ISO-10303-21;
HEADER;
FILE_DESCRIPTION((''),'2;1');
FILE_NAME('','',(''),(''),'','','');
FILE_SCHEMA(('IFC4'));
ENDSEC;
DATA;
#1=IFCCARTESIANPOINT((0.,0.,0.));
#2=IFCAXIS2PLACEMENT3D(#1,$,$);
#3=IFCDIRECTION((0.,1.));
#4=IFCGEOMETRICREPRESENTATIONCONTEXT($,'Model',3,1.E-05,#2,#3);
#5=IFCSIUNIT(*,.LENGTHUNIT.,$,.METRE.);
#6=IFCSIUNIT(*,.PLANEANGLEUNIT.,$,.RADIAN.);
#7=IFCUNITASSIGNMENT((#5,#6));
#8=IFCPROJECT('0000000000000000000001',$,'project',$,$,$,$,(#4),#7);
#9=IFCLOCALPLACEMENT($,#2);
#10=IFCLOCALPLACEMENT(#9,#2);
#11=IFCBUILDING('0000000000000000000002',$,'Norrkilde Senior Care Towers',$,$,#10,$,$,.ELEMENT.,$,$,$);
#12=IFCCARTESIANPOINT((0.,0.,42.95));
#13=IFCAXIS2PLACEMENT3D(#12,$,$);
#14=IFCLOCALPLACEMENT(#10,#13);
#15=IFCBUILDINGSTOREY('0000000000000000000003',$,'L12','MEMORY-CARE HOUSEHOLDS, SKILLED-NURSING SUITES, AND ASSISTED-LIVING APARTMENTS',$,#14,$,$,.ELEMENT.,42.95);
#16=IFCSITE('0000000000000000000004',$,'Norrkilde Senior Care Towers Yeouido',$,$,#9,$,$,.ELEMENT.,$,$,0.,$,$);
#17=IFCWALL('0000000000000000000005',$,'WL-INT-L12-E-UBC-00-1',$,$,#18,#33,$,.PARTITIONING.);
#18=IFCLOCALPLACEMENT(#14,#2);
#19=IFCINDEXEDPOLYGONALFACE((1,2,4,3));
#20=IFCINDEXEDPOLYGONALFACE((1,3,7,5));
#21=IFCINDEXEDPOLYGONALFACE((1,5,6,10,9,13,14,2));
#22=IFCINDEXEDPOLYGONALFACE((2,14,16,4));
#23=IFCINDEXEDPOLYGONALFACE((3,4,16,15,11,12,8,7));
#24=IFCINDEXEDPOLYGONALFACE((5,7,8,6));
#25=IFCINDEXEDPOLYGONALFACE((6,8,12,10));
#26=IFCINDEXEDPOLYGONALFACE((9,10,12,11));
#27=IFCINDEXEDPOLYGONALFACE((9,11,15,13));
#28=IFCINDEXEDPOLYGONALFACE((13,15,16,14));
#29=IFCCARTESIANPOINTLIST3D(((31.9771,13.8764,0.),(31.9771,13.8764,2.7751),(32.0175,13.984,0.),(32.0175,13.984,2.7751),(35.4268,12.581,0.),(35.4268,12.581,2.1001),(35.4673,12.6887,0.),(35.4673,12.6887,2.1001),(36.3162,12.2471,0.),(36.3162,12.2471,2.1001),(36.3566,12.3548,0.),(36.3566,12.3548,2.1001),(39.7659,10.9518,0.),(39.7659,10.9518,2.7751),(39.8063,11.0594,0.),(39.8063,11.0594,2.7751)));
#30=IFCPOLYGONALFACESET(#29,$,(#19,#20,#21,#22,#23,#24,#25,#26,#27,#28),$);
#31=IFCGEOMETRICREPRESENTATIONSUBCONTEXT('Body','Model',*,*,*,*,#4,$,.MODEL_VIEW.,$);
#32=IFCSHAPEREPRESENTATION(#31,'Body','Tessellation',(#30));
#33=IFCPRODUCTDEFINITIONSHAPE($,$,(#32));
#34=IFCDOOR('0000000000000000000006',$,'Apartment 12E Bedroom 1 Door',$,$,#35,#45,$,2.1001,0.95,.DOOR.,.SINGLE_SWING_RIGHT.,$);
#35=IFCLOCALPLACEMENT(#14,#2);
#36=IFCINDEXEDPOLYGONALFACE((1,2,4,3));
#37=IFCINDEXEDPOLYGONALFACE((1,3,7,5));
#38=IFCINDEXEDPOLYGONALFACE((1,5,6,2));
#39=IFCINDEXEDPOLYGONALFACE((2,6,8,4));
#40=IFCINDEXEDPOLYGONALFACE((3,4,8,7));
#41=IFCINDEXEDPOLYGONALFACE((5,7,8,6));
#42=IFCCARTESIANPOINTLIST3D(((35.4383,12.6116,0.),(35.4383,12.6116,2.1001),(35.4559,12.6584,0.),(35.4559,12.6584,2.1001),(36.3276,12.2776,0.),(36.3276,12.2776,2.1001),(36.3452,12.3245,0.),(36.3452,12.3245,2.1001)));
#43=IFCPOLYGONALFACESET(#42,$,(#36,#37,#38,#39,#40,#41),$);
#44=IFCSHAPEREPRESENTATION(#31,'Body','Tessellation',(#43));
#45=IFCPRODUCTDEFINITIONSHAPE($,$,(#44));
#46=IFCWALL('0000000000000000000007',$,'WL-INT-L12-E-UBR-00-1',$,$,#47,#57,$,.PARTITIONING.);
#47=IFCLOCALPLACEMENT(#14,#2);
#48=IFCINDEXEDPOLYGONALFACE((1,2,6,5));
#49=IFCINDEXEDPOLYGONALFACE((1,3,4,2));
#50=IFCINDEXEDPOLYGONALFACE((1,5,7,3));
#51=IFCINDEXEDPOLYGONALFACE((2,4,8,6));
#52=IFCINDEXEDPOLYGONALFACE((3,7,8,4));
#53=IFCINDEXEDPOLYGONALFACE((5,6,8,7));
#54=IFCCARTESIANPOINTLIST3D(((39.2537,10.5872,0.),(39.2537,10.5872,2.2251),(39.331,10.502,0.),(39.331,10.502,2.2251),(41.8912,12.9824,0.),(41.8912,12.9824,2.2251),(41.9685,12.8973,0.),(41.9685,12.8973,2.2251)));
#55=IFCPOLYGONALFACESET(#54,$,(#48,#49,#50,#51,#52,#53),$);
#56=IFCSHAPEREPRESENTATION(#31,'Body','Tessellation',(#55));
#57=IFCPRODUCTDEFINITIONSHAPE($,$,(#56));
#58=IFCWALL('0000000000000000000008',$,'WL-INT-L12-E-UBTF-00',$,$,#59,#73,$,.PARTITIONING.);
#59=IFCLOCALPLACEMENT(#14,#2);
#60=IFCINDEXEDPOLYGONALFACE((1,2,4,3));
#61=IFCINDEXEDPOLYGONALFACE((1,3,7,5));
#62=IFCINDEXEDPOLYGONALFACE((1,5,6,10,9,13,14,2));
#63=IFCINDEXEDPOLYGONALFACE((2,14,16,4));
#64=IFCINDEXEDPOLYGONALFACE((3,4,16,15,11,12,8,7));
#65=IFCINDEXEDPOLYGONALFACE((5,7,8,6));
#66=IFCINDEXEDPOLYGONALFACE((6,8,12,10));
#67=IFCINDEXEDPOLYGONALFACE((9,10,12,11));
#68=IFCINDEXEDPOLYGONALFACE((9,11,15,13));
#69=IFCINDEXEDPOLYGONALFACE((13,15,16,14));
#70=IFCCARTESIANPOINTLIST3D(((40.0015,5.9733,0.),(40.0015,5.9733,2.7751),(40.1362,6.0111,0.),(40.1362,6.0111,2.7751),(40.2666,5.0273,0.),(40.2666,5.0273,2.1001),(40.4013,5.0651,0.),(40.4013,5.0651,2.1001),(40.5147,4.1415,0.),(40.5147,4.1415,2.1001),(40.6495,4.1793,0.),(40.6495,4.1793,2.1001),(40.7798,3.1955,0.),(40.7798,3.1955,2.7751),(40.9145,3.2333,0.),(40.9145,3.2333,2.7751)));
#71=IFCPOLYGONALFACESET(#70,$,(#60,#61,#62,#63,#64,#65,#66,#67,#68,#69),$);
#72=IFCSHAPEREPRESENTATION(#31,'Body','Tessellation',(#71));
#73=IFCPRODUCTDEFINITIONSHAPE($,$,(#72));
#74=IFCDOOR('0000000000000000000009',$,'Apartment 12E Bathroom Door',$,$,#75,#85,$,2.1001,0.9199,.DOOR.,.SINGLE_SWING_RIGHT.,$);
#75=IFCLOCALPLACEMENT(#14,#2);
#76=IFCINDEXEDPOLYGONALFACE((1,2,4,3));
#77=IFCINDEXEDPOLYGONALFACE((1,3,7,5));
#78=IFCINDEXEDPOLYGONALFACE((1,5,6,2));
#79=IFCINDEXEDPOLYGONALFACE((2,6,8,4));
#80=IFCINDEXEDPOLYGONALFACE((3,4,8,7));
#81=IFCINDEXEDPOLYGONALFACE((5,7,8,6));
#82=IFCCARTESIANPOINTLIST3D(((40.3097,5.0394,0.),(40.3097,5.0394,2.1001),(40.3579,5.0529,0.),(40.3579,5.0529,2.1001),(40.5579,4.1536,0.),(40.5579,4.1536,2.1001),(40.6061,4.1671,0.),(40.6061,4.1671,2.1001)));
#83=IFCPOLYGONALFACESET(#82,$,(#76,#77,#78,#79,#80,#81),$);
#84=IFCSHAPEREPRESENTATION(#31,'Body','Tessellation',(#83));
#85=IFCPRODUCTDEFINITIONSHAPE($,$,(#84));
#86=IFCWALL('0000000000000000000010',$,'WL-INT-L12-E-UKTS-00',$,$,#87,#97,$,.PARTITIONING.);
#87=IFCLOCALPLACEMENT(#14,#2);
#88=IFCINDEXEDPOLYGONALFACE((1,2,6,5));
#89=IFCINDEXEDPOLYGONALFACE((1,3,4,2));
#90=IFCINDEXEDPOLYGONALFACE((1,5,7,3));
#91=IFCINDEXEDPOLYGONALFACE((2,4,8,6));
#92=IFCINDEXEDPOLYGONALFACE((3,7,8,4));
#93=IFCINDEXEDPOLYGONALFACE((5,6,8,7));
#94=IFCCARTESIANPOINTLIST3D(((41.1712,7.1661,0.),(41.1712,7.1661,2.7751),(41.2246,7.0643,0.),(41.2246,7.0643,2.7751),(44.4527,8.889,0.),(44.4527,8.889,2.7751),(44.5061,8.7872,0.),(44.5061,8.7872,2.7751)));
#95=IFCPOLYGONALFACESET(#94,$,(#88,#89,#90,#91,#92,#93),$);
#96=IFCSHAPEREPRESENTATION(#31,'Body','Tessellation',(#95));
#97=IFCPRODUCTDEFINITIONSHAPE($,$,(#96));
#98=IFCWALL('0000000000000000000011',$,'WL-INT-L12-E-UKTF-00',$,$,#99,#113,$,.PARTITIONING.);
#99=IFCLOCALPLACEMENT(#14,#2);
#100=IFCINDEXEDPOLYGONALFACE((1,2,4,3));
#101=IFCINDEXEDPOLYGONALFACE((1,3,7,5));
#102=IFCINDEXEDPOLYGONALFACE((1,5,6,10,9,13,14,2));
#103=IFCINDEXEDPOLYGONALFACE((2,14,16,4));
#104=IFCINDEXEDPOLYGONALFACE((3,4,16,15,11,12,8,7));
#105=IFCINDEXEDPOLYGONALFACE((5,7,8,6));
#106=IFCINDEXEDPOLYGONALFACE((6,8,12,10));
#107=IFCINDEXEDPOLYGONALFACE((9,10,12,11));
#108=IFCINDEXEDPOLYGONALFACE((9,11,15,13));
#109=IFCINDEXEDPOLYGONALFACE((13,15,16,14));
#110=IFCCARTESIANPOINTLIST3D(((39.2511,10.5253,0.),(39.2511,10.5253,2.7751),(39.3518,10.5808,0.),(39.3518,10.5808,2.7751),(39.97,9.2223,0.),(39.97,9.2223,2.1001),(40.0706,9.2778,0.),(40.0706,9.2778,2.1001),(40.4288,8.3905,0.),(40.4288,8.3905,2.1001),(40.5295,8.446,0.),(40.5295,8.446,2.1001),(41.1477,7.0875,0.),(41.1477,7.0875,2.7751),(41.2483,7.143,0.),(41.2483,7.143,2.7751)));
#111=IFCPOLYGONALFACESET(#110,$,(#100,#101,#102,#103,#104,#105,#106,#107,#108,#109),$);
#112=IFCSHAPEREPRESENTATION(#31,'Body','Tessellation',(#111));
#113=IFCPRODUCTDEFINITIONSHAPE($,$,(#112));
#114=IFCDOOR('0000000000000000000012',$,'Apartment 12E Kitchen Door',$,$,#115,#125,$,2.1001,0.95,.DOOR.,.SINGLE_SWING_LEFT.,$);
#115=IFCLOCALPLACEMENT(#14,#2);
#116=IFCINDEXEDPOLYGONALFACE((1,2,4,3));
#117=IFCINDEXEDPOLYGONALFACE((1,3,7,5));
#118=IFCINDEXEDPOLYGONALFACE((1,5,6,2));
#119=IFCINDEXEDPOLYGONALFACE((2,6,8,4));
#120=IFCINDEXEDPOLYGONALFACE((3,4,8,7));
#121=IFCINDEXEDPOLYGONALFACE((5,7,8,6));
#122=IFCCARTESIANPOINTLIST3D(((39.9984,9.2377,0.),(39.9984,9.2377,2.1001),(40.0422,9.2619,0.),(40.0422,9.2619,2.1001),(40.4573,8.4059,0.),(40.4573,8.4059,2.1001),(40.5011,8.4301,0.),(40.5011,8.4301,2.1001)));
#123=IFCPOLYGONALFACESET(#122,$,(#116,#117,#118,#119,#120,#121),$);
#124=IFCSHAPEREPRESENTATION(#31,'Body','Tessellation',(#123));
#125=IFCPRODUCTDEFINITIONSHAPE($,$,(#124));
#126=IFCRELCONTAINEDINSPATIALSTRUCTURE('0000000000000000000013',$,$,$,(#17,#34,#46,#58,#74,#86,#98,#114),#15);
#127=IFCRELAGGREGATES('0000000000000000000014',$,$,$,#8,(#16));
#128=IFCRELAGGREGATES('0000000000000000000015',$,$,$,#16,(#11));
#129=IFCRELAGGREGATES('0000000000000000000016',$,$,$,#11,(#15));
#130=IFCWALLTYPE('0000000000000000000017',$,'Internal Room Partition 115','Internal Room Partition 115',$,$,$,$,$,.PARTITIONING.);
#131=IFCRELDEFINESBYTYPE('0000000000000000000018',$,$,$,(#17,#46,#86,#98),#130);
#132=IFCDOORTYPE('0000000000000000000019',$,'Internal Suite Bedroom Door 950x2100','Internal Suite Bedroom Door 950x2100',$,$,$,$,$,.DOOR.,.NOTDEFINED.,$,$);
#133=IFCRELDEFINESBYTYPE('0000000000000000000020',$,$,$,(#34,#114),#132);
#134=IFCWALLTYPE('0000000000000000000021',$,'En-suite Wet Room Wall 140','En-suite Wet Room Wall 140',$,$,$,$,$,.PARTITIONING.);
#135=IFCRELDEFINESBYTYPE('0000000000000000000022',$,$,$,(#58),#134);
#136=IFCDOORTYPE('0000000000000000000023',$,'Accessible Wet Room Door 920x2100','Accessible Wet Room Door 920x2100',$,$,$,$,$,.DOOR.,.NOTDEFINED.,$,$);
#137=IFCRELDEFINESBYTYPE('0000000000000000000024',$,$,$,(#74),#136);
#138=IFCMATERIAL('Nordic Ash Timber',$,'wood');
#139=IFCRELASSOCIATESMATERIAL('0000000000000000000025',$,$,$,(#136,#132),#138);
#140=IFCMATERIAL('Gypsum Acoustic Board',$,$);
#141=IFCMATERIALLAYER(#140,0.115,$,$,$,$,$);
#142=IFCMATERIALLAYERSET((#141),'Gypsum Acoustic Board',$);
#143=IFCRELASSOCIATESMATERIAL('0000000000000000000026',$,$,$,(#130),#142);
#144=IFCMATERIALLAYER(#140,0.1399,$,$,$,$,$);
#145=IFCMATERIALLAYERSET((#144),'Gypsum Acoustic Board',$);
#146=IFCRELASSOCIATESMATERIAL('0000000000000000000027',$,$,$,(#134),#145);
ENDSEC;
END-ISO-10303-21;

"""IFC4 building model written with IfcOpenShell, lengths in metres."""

from ifc_helpers import new_model, si_unit, direction, frame, frame_2d, origin, place, context, subcontext, project, spatial, rectangle, extrude, source, transform, mapped, material, layer, layer_set, type_object, type_shapes, element, fill, save


model = new_model("IFC4")

# Units and contexts
model_context = context("Model", 3, precision=1e-05, world=origin(), true_north=direction((0.0, 1.0)))
body_context = subcontext(model_context, "Body", "Model", "MODEL_VIEW")
ifc_project = project(units=[si_unit("LENGTHUNIT", "METRE"), si_unit("PLANEANGLEUNIT", "RADIAN")], contexts=[model_context])

# Site, building, storey
site_placement = place(None, origin())
site = spatial("IfcSite", under=ifc_project, at=site_placement, Name="Norrkilde Senior Care Towers Yeouido", CompositionType="ELEMENT", RefElevation=0.0)
building_placement = place(site_placement, origin())
building = spatial("IfcBuilding", under=site, at=building_placement, Name="Norrkilde Senior Care Towers", CompositionType="ELEMENT")
storey_placement = place(building_placement, frame((0.0, 0.0, 42.95)))
storey = spatial("IfcBuildingStorey", under=building, at=storey_placement, Name="L12", Description="MEMORY-CARE HOUSEHOLDS, SKILLED-NURSING SUITES, AND ASSISTED-LIVING APARTMENTS", CompositionType="ELEMENT", Elevation=42.95)

# Shared definitions
ifc_material_1 = material(Name="Gypsum Acoustic Board")
ifc_material_2 = material(Name="Nordic Ash Timber", Category="wood")
door_type_1 = type_object("IfcDoorType", Name="Accessible Wet Room Door 920x2100", Description="Accessible Wet Room Door 920x2100", OperationType="NOTDEFINED", PredefinedType="DOOR", material=ifc_material_2)
shared_shape_1 = source(origin(), body_context, "Body", "SweptSolid", [
    extrude(rectangle(XDim=0.9199, YDim=2.1001, at=frame_2d((0.46, 1.05))), frame((0.0, 0.0249, 0.0), z_axis=(0.0, -1.0, 0.0), x_axis=(1.0, 0.0, 0.0)), (0.0, 0.0, 1.0), 0.05),
])
type_shapes(door_type_1, [shared_shape_1])

# Wall, opening, door
ifc_layer_1 = layer(ifc_material_1, 0.115)
ifc_layer_set_1 = layer_set([ifc_layer_1], Name="Gypsum Acoustic Board")
wall_type_1 = type_object("IfcWallType", Name="Internal Room Partition 115", Description="Internal Room Partition 115", PredefinedType="PARTITIONING", material=ifc_layer_set_1)
shared_shape_2 = source(origin(), body_context, "Body", "SweptSolid", [
    extrude(rectangle(XDim=8.3198, YDim=0.115, at=frame_2d((4.1599, 0.0))), origin(), (0.0, 0.0, 1.0), 2.7751),
])
wall_1_placement = place(storey_placement, frame((39.7861, 11.0056, 0.0), z_axis=(0.0, 0.0, 1.0), x_axis=(-0.936181, 0.351519, 0.0)))
wall_1 = element("IfcWall", 1, at=wall_1_placement, inside=storey, type_object=wall_type_1, Name="WL-INT-L12-E-UBC-00-1", PredefinedType="PARTITIONING", context=body_context, shape_type="MappedRepresentation", body=[
    mapped(shared_shape_2, transform((0.0, 0.0, 0.0), x_axis=(1.0, 0.0, 0.0), y_axis=(0.0, 1.0, 0.0), z_axis=(0.0, 0.0, 1.0), scale=1.0)),
])
opening_1_placement = place(wall_1_placement, frame((3.6848, 0.0, 0.0)))
opening_1 = element("IfcOpeningElement", 2, at=opening_1_placement, cuts=wall_1, PredefinedType="OPENING", context=body_context, shape_type="SweptSolid", body=[
    extrude(rectangle(XDim=0.95, YDim=2.1001, at=frame_2d((0.4751, 1.05))), frame((0.0, 0.0674, 0.0), z_axis=(0.0, -1.0, 0.0), x_axis=(1.0, 0.0, 0.0)), (0.0, 0.0, 1.0), 0.135),
])
door_type_2 = type_object("IfcDoorType", Name="Internal Suite Bedroom Door 950x2100", Description="Internal Suite Bedroom Door 950x2100", OperationType="NOTDEFINED", PredefinedType="DOOR", material=ifc_material_2)
shared_shape_3 = source(origin(), body_context, "Body", "SweptSolid", [
    extrude(rectangle(XDim=0.95, YDim=2.1001, at=frame_2d((0.4751, 1.05))), frame((0.0, 0.0249, 0.0), z_axis=(0.0, -1.0, 0.0), x_axis=(1.0, 0.0, 0.0)), (0.0, 0.0, 1.0), 0.05),
])
type_shapes(door_type_2, [shared_shape_3])
door_1_placement = place(opening_1_placement, origin())
door_1 = element("IfcDoor", 3, at=door_1_placement, inside=storey, type_object=door_type_2, Name="Apartment 12E Bedroom 1 Door", OperationType="SINGLE_SWING_RIGHT", OverallHeight=2.1001, OverallWidth=0.95, PredefinedType="DOOR", context=body_context, shape_type="MappedRepresentation", body=[
    mapped(shared_shape_3, transform((0.0, 0.0, 0.0), x_axis=(1.0, 0.0, 0.0), y_axis=(0.0, 1.0, 0.0), z_axis=(0.0, 0.0, 1.0), scale=1.0)),
])
fill(opening_1, door_1)

# Wall
shared_shape_4 = source(origin(), body_context, "Body", "SweptSolid", [
    extrude(rectangle(XDim=3.5627, YDim=0.115, at=frame_2d((1.7812, 0.0))), origin(), (0.0, 0.0, 1.0), 2.2251),
])
wall_2_placement = place(storey_placement, frame((39.2925, 10.5447, 0.0), z_axis=(0.0, 0.0, 1.0), x_axis=(0.740278, 0.672301, 0.0)))
element("IfcWall", 4, at=wall_2_placement, inside=storey, type_object=wall_type_1, Name="WL-INT-L12-E-UBR-00-1", PredefinedType="PARTITIONING", context=body_context, shape_type="MappedRepresentation", body=[
    mapped(shared_shape_4, transform((0.0, 0.0, 0.0), x_axis=(1.0, 0.0, 0.0), y_axis=(0.0, 1.0, 0.0), z_axis=(0.0, 0.0, 1.0), scale=1.0)),
])

# Wall, opening, door
ifc_layer_2 = layer(ifc_material_1, 0.1399)
ifc_layer_set_2 = layer_set([ifc_layer_2], Name="Gypsum Acoustic Board")
wall_type_2 = type_object("IfcWallType", Name="En-suite Wet Room Wall 140", Description="En-suite Wet Room Wall 140", PredefinedType="PARTITIONING", material=ifc_layer_set_2)
shared_shape_5 = source(origin(), body_context, "Body", "SweptSolid", [
    extrude(rectangle(XDim=2.8848, YDim=0.1399, at=frame_2d((1.4424, 0.0))), origin(), (0.0, 0.0, 1.0), 2.7751),
])
type_shapes(wall_type_2, [shared_shape_5])
wall_3_placement = place(storey_placement, frame((40.0688, 5.9922, 0.0), z_axis=(0.0, 0.0, 1.0), x_axis=(0.269799, -0.962917, 0.0)))
wall_3 = element("IfcWall", 5, at=wall_3_placement, inside=storey, type_object=wall_type_2, Name="WL-INT-L12-E-UBTF-00", PredefinedType="PARTITIONING", context=body_context, shape_type="MappedRepresentation", body=[
    mapped(shared_shape_5, transform((0.0, 0.0, 0.0), x_axis=(1.0, 0.0, 0.0), y_axis=(0.0, 1.0, 0.0), z_axis=(0.0, 0.0, 1.0), scale=1.0)),
])
opening_2_placement = place(wall_3_placement, frame((0.9824, 0.0, 0.0)))
opening_2 = element("IfcOpeningElement", 6, at=opening_2_placement, cuts=wall_3, PredefinedType="OPENING", context=body_context, shape_type="SweptSolid", body=[
    extrude(rectangle(XDim=0.9199, YDim=2.1001, at=frame_2d((0.46, 1.05))), frame((0.0, 0.0798, 0.0), z_axis=(0.0, -1.0, 0.0), x_axis=(1.0, 0.0, 0.0)), (0.0, 0.0, 1.0), 0.1599),
])
door_2_placement = place(opening_2_placement, origin())
door_2 = element("IfcDoor", 7, at=door_2_placement, inside=storey, type_object=door_type_1, Name="Apartment 12E Bathroom Door", OperationType="SINGLE_SWING_RIGHT", OverallHeight=2.1001, OverallWidth=0.9199, PredefinedType="DOOR", context=body_context, shape_type="MappedRepresentation", body=[
    mapped(shared_shape_1, transform((0.0, 0.0, 0.0), x_axis=(1.0, 0.0, 0.0), y_axis=(0.0, 1.0, 0.0), z_axis=(0.0, 0.0, 1.0), scale=1.0)),
])
fill(opening_2, door_2)

# Wall
shared_shape_6 = source(origin(), body_context, "Body", "SweptSolid", [
    extrude(rectangle(XDim=3.7063, YDim=0.115, at=frame_2d((1.853, 0.0))), origin(), (0.0, 0.0, 1.0), 2.7751),
])
wall_4_placement = place(storey_placement, frame((41.198, 7.1152, 0.0), z_axis=(0.0, 0.0, 1.0), x_axis=(0.885385, 0.464858, 0.0)))
element("IfcWall", 8, at=wall_4_placement, inside=storey, type_object=wall_type_1, Name="WL-INT-L12-E-UKTS-00", PredefinedType="PARTITIONING", context=body_context, shape_type="MappedRepresentation", body=[
    mapped(shared_shape_6, transform((0.0, 0.0, 0.0), x_axis=(1.0, 0.0, 0.0), y_axis=(0.0, 1.0, 0.0), z_axis=(0.0, 0.0, 1.0), scale=1.0)),
])

# Wall, opening, door
shared_shape_7 = source(origin(), body_context, "Body", "SweptSolid", [
    extrude(rectangle(XDim=3.9263, YDim=0.115, at=frame_2d((1.9631, 0.0))), origin(), (0.0, 0.0, 1.0), 2.7751),
])
type_shapes(wall_type_1, [shared_shape_2, shared_shape_4, shared_shape_6, shared_shape_7])
wall_5_placement = place(storey_placement, frame((41.198, 7.1152, 0.0), z_axis=(0.0, 0.0, 1.0), x_axis=(-0.483038, 0.875599, 0.0)))
wall_5 = element("IfcWall", 9, at=wall_5_placement, inside=storey, type_object=wall_type_1, Name="WL-INT-L12-E-UKTF-00", PredefinedType="PARTITIONING", context=body_context, shape_type="MappedRepresentation", body=[
    mapped(shared_shape_7, transform((0.0, 0.0, 0.0), x_axis=(1.0, 0.0, 0.0), y_axis=(0.0, 1.0, 0.0), z_axis=(0.0, 0.0, 1.0), scale=1.0)),
])
opening_3_placement = place(wall_5_placement, frame((1.488, 0.0, 0.0)))
opening_3 = element("IfcOpeningElement", 10, at=opening_3_placement, cuts=wall_5, PredefinedType="OPENING", context=body_context, shape_type="SweptSolid", body=[
    extrude(rectangle(XDim=0.95, YDim=2.1001, at=frame_2d((0.4751, 1.05))), frame((0.0, 0.0674, 0.0), z_axis=(0.0, -1.0, 0.0), x_axis=(1.0, 0.0, 0.0)), (0.0, 0.0, 1.0), 0.135),
])
door_3_placement = place(opening_3_placement, frame((0.95, 0.0, 0.0), z_axis=(0.0, 0.0, 1.0), x_axis=(-1.0, 0.0, 0.0)))
door_3 = element("IfcDoor", 11, at=door_3_placement, inside=storey, type_object=door_type_2, Name="Apartment 12E Kitchen Door", OperationType="SINGLE_SWING_LEFT", OverallHeight=2.1001, OverallWidth=0.95, PredefinedType="DOOR", context=body_context, shape_type="MappedRepresentation", body=[
    mapped(shared_shape_3, transform((0.0, 0.0, 0.0), x_axis=(1.0, 0.0, 0.0), y_axis=(0.0, 1.0, 0.0), z_axis=(0.0, 0.0, 1.0), scale=1.0)),
])
fill(opening_3, door_3)

save(model, "model.ifc")
